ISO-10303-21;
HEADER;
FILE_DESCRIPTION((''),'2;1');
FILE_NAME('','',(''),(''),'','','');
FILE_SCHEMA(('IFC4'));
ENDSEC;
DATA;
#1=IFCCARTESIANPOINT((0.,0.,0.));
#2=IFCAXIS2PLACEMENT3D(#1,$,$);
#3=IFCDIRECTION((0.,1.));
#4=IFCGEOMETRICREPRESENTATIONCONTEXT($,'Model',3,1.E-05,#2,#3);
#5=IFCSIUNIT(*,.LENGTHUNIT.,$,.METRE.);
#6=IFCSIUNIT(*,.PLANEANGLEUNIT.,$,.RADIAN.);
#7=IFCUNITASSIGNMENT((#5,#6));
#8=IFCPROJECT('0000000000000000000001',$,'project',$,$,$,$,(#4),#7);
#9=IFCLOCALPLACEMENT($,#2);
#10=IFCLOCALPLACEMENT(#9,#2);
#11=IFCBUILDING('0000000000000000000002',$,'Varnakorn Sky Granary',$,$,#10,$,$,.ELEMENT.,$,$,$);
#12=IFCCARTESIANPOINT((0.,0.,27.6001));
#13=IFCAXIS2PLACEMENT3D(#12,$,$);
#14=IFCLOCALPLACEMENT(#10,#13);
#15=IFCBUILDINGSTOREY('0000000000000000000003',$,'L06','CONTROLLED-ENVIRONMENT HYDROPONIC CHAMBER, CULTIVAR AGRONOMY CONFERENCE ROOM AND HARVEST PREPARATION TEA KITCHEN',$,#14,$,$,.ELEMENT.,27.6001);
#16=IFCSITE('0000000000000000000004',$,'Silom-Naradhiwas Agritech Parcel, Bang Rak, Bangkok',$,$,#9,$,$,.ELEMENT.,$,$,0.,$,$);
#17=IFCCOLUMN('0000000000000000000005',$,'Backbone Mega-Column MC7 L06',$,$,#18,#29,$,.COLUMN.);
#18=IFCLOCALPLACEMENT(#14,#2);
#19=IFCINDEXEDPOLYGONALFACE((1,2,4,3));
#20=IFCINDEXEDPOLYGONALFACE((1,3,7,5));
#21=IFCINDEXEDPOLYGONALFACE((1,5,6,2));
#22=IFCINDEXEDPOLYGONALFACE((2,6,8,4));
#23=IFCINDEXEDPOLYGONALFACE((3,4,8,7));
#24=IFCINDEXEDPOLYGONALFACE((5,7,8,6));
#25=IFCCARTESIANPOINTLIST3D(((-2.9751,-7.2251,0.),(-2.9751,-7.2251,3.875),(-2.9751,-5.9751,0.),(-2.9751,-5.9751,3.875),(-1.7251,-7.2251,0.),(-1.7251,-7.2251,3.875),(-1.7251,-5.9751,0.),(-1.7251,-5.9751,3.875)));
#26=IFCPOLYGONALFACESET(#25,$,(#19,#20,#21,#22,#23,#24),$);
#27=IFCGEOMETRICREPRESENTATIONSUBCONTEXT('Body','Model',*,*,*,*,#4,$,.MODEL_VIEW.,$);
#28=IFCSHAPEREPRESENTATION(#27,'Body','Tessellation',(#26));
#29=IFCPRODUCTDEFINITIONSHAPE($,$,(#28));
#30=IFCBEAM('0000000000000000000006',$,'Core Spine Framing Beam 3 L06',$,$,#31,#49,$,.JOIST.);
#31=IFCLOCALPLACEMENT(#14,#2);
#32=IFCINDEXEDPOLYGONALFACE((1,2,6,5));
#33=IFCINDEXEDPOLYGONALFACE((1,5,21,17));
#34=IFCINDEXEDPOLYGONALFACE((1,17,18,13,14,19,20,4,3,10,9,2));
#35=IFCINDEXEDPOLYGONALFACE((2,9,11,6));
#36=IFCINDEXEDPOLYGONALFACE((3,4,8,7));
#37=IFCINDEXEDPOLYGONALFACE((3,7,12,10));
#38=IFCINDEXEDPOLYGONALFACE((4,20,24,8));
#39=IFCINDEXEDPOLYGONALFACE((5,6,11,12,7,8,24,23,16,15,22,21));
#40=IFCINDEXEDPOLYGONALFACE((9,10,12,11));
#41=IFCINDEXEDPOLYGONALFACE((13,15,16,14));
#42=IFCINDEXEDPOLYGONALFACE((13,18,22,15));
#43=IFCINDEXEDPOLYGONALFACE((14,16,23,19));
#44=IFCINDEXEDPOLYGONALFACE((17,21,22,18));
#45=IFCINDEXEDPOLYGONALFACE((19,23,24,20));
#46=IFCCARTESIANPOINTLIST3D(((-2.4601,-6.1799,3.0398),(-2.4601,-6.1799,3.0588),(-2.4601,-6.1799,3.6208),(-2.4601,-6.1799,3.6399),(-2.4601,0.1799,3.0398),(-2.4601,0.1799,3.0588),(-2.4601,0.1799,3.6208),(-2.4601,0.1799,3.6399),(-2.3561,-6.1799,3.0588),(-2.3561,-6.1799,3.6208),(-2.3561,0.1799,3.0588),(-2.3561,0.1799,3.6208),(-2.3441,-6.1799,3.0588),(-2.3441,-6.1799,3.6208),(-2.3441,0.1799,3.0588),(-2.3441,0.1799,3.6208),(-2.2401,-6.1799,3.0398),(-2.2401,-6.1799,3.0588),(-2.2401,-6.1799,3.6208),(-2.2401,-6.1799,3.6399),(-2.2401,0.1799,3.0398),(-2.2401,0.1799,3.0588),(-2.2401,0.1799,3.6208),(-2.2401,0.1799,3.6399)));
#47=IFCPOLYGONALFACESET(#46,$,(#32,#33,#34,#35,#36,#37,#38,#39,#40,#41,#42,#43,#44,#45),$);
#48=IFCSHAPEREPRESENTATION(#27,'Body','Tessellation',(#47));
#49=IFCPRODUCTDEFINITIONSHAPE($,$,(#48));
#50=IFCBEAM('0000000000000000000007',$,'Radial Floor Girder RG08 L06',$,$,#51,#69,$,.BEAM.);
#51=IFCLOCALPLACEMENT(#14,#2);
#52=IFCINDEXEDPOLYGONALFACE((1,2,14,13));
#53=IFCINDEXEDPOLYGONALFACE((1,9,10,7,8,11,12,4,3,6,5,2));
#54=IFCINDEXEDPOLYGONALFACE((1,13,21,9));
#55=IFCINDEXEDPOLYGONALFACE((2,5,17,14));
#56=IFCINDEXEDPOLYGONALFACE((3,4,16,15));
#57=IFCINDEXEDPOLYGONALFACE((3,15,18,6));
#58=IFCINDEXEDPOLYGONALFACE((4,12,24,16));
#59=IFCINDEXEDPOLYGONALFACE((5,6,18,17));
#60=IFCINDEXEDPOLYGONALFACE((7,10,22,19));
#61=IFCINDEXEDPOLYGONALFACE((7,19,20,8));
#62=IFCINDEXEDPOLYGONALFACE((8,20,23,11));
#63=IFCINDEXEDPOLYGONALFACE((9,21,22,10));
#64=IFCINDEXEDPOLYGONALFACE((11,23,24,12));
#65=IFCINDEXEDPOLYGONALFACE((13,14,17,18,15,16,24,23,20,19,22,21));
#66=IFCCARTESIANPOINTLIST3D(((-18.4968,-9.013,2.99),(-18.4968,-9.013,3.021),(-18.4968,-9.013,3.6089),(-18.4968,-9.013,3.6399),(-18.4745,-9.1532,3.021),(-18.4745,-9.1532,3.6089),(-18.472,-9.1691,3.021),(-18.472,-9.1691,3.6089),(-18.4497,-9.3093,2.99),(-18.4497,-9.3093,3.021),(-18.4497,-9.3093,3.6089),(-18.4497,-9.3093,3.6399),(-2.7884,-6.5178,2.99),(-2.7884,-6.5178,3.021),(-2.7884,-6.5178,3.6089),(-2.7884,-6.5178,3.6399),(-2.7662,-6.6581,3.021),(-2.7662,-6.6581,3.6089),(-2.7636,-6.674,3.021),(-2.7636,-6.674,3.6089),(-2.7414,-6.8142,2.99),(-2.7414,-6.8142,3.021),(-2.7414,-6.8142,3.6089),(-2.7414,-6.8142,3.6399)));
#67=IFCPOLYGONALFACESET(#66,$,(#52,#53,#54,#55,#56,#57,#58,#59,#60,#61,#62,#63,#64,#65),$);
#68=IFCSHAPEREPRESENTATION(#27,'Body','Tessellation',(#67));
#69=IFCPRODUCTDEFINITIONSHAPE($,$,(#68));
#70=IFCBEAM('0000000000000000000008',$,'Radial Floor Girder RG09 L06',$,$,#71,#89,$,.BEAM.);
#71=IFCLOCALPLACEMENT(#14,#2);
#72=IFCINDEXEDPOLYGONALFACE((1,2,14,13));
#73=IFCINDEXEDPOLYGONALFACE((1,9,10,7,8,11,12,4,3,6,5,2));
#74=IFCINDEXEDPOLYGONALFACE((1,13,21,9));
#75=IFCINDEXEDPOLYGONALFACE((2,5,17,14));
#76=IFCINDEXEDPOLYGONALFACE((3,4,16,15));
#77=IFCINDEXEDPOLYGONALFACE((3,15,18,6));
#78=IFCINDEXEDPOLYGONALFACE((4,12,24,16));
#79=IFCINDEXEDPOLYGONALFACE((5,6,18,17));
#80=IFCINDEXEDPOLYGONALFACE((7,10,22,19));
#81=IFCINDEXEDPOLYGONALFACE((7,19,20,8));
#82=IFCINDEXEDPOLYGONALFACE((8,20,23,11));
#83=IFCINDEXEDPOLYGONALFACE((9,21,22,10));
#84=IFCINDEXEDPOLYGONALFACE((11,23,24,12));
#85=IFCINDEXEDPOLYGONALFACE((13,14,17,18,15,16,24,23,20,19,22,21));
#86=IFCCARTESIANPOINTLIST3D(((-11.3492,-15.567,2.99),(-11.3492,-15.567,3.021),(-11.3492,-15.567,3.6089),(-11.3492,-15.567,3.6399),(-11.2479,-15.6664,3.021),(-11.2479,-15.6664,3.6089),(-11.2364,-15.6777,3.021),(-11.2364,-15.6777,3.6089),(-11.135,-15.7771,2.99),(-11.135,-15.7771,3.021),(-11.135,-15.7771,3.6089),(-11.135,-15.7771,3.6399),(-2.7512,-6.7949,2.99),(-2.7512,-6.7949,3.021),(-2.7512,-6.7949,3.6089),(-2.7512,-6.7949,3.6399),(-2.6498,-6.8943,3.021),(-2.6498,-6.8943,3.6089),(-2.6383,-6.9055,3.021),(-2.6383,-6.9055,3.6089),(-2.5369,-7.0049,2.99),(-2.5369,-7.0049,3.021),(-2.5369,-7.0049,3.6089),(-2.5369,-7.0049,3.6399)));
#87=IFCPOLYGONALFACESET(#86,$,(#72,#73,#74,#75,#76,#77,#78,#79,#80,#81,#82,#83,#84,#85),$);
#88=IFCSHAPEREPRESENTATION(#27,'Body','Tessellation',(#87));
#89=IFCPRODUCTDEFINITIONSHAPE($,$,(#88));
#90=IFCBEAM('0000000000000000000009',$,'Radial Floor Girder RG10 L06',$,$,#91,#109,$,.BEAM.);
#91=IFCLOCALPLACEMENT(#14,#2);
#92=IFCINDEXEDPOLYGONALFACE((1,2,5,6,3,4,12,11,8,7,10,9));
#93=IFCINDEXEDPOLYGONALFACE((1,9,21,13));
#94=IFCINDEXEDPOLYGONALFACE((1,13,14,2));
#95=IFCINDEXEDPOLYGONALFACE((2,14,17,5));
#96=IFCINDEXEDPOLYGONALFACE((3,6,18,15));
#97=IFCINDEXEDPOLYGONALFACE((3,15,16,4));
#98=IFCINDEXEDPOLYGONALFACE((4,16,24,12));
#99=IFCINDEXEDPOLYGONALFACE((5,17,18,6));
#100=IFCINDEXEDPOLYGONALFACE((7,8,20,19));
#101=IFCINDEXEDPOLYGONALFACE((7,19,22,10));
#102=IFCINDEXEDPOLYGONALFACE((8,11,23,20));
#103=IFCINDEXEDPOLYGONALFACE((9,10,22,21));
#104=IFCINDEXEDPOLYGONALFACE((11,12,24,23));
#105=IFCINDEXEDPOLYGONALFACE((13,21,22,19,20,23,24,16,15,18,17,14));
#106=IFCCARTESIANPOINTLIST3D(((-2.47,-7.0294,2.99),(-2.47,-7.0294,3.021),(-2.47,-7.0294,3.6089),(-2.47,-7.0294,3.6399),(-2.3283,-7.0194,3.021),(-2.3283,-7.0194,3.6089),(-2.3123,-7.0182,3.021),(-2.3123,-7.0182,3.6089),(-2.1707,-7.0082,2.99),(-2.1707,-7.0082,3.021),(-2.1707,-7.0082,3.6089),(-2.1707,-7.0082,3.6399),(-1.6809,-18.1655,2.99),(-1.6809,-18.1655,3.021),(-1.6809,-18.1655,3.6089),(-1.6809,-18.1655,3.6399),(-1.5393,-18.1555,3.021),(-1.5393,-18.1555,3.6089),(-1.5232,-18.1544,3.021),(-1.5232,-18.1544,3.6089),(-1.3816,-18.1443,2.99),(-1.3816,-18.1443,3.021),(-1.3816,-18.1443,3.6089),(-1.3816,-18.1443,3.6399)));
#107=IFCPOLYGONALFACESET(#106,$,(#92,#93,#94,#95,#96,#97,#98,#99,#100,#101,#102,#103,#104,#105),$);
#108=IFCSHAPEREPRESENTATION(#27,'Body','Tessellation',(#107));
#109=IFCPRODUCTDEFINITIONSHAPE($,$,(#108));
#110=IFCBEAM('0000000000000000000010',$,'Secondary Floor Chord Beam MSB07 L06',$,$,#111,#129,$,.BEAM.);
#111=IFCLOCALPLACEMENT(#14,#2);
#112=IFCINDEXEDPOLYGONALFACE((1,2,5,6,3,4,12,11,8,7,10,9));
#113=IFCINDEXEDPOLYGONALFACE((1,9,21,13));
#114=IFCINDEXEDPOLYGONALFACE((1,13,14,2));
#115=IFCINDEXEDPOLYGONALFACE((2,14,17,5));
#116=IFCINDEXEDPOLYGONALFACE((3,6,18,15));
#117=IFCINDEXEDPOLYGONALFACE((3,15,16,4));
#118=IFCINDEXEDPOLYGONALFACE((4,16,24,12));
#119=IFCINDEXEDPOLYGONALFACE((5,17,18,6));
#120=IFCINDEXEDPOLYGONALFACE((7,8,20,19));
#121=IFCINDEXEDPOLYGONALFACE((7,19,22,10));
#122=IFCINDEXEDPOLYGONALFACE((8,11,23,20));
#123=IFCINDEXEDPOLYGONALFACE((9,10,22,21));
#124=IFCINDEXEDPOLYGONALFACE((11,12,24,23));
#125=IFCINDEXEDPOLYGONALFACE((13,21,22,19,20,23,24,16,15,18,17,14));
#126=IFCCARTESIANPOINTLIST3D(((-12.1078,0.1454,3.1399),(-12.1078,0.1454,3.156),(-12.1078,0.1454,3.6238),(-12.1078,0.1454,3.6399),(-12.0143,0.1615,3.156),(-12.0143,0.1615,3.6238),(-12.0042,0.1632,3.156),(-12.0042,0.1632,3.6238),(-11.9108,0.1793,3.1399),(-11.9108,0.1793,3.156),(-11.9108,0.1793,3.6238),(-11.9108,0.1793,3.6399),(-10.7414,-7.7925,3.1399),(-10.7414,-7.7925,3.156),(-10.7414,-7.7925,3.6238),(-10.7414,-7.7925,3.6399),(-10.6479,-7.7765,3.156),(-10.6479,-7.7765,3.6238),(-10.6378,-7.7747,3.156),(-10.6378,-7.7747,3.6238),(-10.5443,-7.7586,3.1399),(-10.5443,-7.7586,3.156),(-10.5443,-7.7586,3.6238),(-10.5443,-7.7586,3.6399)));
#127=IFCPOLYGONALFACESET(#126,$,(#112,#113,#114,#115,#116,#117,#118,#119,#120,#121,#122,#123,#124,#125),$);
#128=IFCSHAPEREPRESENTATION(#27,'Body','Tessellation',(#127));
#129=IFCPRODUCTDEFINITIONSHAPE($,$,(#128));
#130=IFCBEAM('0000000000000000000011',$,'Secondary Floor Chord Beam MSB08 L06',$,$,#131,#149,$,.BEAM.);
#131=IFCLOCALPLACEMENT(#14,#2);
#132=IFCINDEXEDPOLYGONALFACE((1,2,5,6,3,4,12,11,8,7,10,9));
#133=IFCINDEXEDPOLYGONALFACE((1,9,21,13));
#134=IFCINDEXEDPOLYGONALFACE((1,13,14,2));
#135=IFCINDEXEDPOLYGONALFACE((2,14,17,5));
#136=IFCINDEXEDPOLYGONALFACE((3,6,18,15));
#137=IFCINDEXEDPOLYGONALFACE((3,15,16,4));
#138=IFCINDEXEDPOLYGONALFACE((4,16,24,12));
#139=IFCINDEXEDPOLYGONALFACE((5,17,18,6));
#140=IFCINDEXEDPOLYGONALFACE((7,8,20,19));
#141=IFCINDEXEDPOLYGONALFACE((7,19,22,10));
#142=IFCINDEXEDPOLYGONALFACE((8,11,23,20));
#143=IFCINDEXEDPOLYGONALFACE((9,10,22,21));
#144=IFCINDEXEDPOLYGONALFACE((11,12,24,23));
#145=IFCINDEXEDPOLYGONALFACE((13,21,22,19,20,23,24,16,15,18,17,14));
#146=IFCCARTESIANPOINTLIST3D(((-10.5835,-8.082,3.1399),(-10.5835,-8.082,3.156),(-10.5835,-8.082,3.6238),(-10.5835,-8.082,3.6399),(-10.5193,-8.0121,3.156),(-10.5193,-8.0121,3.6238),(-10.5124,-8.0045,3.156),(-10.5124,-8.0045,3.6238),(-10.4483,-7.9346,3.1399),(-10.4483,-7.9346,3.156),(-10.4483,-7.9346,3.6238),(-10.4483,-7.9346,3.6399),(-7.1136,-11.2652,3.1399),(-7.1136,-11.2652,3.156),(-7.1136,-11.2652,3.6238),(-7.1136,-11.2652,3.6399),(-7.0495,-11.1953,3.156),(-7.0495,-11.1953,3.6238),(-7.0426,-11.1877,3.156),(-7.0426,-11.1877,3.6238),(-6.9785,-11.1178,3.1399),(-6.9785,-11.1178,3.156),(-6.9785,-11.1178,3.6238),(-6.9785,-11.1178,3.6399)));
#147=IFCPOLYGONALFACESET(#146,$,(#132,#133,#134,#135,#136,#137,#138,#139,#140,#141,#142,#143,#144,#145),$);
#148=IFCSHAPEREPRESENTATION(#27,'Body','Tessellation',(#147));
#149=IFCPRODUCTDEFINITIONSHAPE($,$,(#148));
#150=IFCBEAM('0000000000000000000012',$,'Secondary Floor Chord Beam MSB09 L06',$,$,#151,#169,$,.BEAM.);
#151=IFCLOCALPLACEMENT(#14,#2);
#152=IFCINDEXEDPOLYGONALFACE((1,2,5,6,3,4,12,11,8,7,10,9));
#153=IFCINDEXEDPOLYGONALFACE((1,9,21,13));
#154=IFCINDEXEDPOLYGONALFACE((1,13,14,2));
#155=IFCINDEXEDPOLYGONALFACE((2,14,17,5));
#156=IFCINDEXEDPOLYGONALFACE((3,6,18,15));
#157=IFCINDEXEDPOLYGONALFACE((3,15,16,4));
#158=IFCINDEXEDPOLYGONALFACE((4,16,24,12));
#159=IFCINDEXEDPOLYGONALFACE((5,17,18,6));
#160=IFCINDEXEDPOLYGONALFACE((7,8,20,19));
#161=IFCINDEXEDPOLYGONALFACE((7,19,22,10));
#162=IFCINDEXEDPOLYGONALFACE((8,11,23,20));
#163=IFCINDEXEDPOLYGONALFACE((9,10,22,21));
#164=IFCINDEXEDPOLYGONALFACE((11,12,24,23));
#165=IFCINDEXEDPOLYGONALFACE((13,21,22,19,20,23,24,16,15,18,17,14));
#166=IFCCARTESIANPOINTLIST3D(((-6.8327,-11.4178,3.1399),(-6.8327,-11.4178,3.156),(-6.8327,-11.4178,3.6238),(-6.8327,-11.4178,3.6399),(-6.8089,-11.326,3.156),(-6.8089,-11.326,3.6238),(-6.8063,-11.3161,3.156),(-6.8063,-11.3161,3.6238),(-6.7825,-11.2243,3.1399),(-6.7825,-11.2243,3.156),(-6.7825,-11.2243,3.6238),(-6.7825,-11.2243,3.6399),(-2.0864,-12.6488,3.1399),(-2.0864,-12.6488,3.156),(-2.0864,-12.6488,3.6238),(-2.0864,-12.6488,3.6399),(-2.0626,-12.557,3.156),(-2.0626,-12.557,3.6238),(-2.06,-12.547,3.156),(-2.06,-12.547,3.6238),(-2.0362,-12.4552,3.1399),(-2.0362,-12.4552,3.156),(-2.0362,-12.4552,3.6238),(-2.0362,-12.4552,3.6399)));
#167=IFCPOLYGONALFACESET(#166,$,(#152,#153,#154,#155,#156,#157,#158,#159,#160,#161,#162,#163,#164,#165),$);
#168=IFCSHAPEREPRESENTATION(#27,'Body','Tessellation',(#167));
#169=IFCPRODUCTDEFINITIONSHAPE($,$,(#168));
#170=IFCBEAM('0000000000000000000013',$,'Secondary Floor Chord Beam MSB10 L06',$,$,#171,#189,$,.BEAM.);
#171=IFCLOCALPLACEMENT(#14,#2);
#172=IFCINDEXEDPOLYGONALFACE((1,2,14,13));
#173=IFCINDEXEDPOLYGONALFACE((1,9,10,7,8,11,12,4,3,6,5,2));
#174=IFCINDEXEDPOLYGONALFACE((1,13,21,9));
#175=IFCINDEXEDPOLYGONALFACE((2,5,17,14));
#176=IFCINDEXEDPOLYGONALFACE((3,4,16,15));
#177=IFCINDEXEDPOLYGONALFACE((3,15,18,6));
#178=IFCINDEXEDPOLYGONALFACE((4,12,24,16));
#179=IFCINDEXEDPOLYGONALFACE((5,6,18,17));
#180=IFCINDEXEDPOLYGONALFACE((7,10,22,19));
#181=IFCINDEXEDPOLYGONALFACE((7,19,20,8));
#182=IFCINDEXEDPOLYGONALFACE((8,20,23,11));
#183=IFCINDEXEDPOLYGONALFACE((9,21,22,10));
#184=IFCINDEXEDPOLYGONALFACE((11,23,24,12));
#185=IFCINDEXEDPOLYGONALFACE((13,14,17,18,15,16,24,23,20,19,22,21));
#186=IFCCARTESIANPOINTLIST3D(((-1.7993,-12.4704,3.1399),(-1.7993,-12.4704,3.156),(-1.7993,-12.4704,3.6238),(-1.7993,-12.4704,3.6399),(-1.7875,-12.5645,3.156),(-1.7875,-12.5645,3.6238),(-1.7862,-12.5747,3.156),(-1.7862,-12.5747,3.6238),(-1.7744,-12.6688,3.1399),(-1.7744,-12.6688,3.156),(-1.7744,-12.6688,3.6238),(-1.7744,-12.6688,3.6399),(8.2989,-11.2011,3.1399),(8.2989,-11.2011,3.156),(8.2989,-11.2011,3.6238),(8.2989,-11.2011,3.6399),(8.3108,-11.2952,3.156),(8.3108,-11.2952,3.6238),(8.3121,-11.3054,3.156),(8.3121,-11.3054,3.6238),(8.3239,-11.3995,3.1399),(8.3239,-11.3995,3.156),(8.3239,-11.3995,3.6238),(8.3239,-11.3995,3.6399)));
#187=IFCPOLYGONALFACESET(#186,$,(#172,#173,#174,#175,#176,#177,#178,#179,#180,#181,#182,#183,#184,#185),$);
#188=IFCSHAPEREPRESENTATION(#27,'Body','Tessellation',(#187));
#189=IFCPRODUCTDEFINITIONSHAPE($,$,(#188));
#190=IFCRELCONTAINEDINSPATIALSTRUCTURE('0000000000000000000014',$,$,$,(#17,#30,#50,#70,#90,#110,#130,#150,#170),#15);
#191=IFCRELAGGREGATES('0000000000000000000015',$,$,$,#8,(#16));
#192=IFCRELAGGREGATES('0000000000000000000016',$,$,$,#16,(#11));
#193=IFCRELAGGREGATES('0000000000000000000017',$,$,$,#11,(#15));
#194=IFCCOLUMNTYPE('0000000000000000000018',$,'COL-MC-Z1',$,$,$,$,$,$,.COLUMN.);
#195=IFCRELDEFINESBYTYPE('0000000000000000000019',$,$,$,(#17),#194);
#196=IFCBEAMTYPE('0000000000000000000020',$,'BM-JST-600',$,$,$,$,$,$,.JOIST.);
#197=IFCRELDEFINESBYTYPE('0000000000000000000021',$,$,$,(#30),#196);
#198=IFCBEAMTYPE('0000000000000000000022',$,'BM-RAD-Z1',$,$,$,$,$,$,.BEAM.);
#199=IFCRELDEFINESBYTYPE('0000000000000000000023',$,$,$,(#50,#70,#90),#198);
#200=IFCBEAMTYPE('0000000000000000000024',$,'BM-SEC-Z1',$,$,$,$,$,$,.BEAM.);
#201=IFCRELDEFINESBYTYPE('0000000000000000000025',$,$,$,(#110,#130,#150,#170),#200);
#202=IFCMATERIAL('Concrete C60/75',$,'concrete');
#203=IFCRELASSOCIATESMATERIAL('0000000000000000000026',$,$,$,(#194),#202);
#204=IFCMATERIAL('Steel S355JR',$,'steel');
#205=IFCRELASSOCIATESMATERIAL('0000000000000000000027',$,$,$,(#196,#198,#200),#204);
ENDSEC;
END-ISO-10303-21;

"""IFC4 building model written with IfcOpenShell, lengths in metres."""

from ifc_helpers import new_model, si_unit, direction, frame, origin, origin_2d, place, context, subcontext, project, spatial, rectangle, i_section, extrude, material, material_profile, profile_set, type_object, element, save


model = new_model("IFC4")

# Units and contexts
model_context = context("Model", 3, precision=1e-05, world=origin(), true_north=direction((0.0, 1.0)))
body_context = subcontext(model_context, "Body", "Model", "MODEL_VIEW")
ifc_project = project(units=[si_unit("LENGTHUNIT", "METRE"), si_unit("PLANEANGLEUNIT", "RADIAN")], contexts=[model_context])

# Site, building, storey
site_placement = place(None, origin())
site = spatial("IfcSite", under=ifc_project, at=site_placement, Name="Silom-Naradhiwas Agritech Parcel, Bang Rak, Bangkok", CompositionType="ELEMENT", RefElevation=0.0)
building_placement = place(site_placement, origin())
building = spatial("IfcBuilding", under=site, at=building_placement, Name="Varnakorn Sky Granary", CompositionType="ELEMENT")
storey_placement = place(building_placement, frame((0.0, 0.0, 27.6001)))
storey = spatial("IfcBuildingStorey", under=building, at=storey_placement, Name="L06", Description="CONTROLLED-ENVIRONMENT HYDROPONIC CHAMBER, CULTIVAR AGRONOMY CONFERENCE ROOM AND HARVEST PREPARATION TEA KITCHEN", CompositionType="ELEMENT", Elevation=27.6001)

# Column
ifc_material_1 = material(Name="Concrete C60/75", Category="concrete")
ifc_material_profile_1 = material_profile(ifc_material_1, rectangle(XDim=1.25, YDim=1.25, at=origin_2d()), Name="RC 1250x1250")
ifc_profile_set_1 = profile_set([ifc_material_profile_1], Name="Concrete C60/75")
column_type = type_object("IfcColumnType", Name="COL-MC-Z1", PredefinedType="COLUMN", material=ifc_profile_set_1)
column_placement = place(storey_placement, frame((-2.3501, -6.6001, 0.0), z_axis=(0.0, 0.0, 1.0), x_axis=(1.0, 0.0, 0.0)))
element("IfcColumn", 1, at=column_placement, inside=storey, type_object=column_type, Name="Backbone Mega-Column MC7 L06", PredefinedType="COLUMN", context=body_context, shape_type="SweptSolid", body=[
    extrude(rectangle(XDim=1.25, YDim=1.25, at=origin_2d()), origin(), (0.0, 0.0, 1.0), 3.875),
])

# Beams
ifc_material_2 = material(Name="Steel S355JR", Category="steel")
ifc_material_profile_2 = material_profile(ifc_material_2, i_section(OverallWidth=0.22, OverallDepth=0.6001, WebThickness=0.012, FlangeThickness=0.019, at=origin_2d()), Name="IPE 600")
ifc_profile_set_2 = profile_set([ifc_material_profile_2], Name="Steel S355JR")
beam_type_1 = type_object("IfcBeamType", Name="BM-JST-600", PredefinedType="JOIST", material=ifc_profile_set_2)
beam_1_placement = place(storey_placement, frame((-2.3501, 0.1799, 3.3398), z_axis=(0.0, -1.0, 0.0), x_axis=(1.0, 0.0, 0.0)))
element("IfcBeam", 2, at=beam_1_placement, inside=storey, type_object=beam_type_1, Name="Core Spine Framing Beam 3 L06", PredefinedType="JOIST", context=body_context, shape_type="SweptSolid", body=[
    extrude(i_section(OverallWidth=0.22, OverallDepth=0.6001, WebThickness=0.012, FlangeThickness=0.019, at=origin_2d()), origin(), (0.0, 0.0, 1.0), 6.3599),
])
ifc_material_profile_3 = material_profile(ifc_material_2, i_section(OverallWidth=0.3, OverallDepth=0.6499, WebThickness=0.0161, FlangeThickness=0.031, at=origin_2d()), Name="HE 650 B")
ifc_profile_set_3 = profile_set([ifc_material_profile_3], Name="Steel S355JR")
beam_type_2 = type_object("IfcBeamType", Name="BM-RAD-Z1", PredefinedType="BEAM", material=ifc_profile_set_3)
beam_2_placement = place(storey_placement, frame((-2.7649, -6.666, 3.3149), z_axis=(-0.987619, -0.156874, 0.0), x_axis=(0.156874, -0.987619, 0.0)))
element("IfcBeam", 3, at=beam_2_placement, inside=storey, type_object=beam_type_2, Name="Radial Floor Girder RG08 L06", PredefinedType="BEAM", context=body_context, shape_type="SweptSolid", body=[
    extrude(i_section(OverallWidth=0.3, OverallDepth=0.6499, WebThickness=0.0161, FlangeThickness=0.031, at=origin_2d()), origin(), (0.0, 0.0, 1.0), 15.9053),
])
beam_3_placement = place(storey_placement, frame((-2.644, -6.8999, 3.3149), z_axis=(-0.699986, -0.714157, 0.0), x_axis=(0.714157, -0.699986, 0.0)))
element("IfcBeam", 4, at=beam_3_placement, inside=storey, type_object=beam_type_2, Name="Radial Floor Girder RG09 L06", PredefinedType="BEAM", context=body_context, shape_type="SweptSolid", body=[
    extrude(i_section(OverallWidth=0.3, OverallDepth=0.6499, WebThickness=0.0161, FlangeThickness=0.031, at=origin_2d()), origin(), (0.0, 0.0, 1.0), 12.2832),
])
beam_4_placement = place(storey_placement, frame((-2.3203, -7.0188, 3.3149), z_axis=(0.070678, -0.997499, 0.0), x_axis=(0.997499, 0.070678, 0.0)))
element("IfcBeam", 5, at=beam_4_placement, inside=storey, type_object=beam_type_2, Name="Radial Floor Girder RG10 L06", PredefinedType="BEAM", context=body_context, shape_type="SweptSolid", body=[
    extrude(i_section(OverallWidth=0.3, OverallDepth=0.6499, WebThickness=0.0161, FlangeThickness=0.031, at=origin_2d()), origin(), (0.0, 0.0, 1.0), 11.1641),
])
ifc_material_profile_4 = material_profile(ifc_material_2, i_section(OverallWidth=0.2, OverallDepth=0.5, WebThickness=0.0103, FlangeThickness=0.0161, at=origin_2d()), Name="IPE 500")
ifc_profile_set_4 = profile_set([ifc_material_profile_4], Name="Steel S355JR")
beam_type_3 = type_object("IfcBeamType", Name="BM-SEC-Z1", PredefinedType="BEAM", material=ifc_profile_set_4)
beam_5_placement = place(storey_placement, frame((-12.0093, 0.1624, 3.3899), z_axis=(0.169646, -0.985505, 0.0), x_axis=(0.985505, 0.169646, 0.0)))
element("IfcBeam", 6, at=beam_5_placement, inside=storey, type_object=beam_type_3, Name="Secondary Floor Chord Beam MSB07 L06", PredefinedType="BEAM", context=body_context, shape_type="SweptSolid", body=[
    extrude(i_section(OverallWidth=0.2, OverallDepth=0.5, WebThickness=0.0103, FlangeThickness=0.0161, at=origin_2d()), origin(), (0.0, 0.0, 1.0), 8.0547),
])
beam_6_placement = place(storey_placement, frame((-10.5159, -8.0083, 3.3899), z_axis=(0.736887, -0.676016, 0.0), x_axis=(0.676016, 0.736887, 0.0)))
element("IfcBeam", 7, at=beam_6_placement, inside=storey, type_object=beam_type_3, Name="Secondary Floor Chord Beam MSB08 L06", PredefinedType="BEAM", context=body_context, shape_type="SweptSolid", body=[
    extrude(i_section(OverallWidth=0.2, OverallDepth=0.5, WebThickness=0.0103, FlangeThickness=0.0161, at=origin_2d()), origin(), (0.0, 0.0, 1.0), 4.7087),
])
beam_7_placement = place(storey_placement, frame((-6.8076, -11.321, 3.3899), z_axis=(0.967976, -0.251043, 0.0), x_axis=(0.251043, 0.967976, 0.0)))
element("IfcBeam", 8, at=beam_7_placement, inside=storey, type_object=beam_type_3, Name="Secondary Floor Chord Beam MSB09 L06", PredefinedType="BEAM", context=body_context, shape_type="SweptSolid", body=[
    extrude(i_section(OverallWidth=0.2, OverallDepth=0.5, WebThickness=0.0103, FlangeThickness=0.0161, at=origin_2d()), origin(), (0.0, 0.0, 1.0), 4.9033),
])
beam_8_placement = place(storey_placement, frame((-1.7869, -12.5696, 3.3899), z_axis=(0.992193, 0.124711, 0.0), x_axis=(-0.124711, 0.992193, 0.0)))
element("IfcBeam", 9, at=beam_8_placement, inside=storey, type_object=beam_type_3, Name="Secondary Floor Chord Beam MSB10 L06", PredefinedType="BEAM", context=body_context, shape_type="SweptSolid", body=[
    extrude(i_section(OverallWidth=0.2, OverallDepth=0.5, WebThickness=0.0103, FlangeThickness=0.0161, at=origin_2d()), origin(), (0.0, 0.0, 1.0), 10.1777),
])

save(model, "model.ifc")
